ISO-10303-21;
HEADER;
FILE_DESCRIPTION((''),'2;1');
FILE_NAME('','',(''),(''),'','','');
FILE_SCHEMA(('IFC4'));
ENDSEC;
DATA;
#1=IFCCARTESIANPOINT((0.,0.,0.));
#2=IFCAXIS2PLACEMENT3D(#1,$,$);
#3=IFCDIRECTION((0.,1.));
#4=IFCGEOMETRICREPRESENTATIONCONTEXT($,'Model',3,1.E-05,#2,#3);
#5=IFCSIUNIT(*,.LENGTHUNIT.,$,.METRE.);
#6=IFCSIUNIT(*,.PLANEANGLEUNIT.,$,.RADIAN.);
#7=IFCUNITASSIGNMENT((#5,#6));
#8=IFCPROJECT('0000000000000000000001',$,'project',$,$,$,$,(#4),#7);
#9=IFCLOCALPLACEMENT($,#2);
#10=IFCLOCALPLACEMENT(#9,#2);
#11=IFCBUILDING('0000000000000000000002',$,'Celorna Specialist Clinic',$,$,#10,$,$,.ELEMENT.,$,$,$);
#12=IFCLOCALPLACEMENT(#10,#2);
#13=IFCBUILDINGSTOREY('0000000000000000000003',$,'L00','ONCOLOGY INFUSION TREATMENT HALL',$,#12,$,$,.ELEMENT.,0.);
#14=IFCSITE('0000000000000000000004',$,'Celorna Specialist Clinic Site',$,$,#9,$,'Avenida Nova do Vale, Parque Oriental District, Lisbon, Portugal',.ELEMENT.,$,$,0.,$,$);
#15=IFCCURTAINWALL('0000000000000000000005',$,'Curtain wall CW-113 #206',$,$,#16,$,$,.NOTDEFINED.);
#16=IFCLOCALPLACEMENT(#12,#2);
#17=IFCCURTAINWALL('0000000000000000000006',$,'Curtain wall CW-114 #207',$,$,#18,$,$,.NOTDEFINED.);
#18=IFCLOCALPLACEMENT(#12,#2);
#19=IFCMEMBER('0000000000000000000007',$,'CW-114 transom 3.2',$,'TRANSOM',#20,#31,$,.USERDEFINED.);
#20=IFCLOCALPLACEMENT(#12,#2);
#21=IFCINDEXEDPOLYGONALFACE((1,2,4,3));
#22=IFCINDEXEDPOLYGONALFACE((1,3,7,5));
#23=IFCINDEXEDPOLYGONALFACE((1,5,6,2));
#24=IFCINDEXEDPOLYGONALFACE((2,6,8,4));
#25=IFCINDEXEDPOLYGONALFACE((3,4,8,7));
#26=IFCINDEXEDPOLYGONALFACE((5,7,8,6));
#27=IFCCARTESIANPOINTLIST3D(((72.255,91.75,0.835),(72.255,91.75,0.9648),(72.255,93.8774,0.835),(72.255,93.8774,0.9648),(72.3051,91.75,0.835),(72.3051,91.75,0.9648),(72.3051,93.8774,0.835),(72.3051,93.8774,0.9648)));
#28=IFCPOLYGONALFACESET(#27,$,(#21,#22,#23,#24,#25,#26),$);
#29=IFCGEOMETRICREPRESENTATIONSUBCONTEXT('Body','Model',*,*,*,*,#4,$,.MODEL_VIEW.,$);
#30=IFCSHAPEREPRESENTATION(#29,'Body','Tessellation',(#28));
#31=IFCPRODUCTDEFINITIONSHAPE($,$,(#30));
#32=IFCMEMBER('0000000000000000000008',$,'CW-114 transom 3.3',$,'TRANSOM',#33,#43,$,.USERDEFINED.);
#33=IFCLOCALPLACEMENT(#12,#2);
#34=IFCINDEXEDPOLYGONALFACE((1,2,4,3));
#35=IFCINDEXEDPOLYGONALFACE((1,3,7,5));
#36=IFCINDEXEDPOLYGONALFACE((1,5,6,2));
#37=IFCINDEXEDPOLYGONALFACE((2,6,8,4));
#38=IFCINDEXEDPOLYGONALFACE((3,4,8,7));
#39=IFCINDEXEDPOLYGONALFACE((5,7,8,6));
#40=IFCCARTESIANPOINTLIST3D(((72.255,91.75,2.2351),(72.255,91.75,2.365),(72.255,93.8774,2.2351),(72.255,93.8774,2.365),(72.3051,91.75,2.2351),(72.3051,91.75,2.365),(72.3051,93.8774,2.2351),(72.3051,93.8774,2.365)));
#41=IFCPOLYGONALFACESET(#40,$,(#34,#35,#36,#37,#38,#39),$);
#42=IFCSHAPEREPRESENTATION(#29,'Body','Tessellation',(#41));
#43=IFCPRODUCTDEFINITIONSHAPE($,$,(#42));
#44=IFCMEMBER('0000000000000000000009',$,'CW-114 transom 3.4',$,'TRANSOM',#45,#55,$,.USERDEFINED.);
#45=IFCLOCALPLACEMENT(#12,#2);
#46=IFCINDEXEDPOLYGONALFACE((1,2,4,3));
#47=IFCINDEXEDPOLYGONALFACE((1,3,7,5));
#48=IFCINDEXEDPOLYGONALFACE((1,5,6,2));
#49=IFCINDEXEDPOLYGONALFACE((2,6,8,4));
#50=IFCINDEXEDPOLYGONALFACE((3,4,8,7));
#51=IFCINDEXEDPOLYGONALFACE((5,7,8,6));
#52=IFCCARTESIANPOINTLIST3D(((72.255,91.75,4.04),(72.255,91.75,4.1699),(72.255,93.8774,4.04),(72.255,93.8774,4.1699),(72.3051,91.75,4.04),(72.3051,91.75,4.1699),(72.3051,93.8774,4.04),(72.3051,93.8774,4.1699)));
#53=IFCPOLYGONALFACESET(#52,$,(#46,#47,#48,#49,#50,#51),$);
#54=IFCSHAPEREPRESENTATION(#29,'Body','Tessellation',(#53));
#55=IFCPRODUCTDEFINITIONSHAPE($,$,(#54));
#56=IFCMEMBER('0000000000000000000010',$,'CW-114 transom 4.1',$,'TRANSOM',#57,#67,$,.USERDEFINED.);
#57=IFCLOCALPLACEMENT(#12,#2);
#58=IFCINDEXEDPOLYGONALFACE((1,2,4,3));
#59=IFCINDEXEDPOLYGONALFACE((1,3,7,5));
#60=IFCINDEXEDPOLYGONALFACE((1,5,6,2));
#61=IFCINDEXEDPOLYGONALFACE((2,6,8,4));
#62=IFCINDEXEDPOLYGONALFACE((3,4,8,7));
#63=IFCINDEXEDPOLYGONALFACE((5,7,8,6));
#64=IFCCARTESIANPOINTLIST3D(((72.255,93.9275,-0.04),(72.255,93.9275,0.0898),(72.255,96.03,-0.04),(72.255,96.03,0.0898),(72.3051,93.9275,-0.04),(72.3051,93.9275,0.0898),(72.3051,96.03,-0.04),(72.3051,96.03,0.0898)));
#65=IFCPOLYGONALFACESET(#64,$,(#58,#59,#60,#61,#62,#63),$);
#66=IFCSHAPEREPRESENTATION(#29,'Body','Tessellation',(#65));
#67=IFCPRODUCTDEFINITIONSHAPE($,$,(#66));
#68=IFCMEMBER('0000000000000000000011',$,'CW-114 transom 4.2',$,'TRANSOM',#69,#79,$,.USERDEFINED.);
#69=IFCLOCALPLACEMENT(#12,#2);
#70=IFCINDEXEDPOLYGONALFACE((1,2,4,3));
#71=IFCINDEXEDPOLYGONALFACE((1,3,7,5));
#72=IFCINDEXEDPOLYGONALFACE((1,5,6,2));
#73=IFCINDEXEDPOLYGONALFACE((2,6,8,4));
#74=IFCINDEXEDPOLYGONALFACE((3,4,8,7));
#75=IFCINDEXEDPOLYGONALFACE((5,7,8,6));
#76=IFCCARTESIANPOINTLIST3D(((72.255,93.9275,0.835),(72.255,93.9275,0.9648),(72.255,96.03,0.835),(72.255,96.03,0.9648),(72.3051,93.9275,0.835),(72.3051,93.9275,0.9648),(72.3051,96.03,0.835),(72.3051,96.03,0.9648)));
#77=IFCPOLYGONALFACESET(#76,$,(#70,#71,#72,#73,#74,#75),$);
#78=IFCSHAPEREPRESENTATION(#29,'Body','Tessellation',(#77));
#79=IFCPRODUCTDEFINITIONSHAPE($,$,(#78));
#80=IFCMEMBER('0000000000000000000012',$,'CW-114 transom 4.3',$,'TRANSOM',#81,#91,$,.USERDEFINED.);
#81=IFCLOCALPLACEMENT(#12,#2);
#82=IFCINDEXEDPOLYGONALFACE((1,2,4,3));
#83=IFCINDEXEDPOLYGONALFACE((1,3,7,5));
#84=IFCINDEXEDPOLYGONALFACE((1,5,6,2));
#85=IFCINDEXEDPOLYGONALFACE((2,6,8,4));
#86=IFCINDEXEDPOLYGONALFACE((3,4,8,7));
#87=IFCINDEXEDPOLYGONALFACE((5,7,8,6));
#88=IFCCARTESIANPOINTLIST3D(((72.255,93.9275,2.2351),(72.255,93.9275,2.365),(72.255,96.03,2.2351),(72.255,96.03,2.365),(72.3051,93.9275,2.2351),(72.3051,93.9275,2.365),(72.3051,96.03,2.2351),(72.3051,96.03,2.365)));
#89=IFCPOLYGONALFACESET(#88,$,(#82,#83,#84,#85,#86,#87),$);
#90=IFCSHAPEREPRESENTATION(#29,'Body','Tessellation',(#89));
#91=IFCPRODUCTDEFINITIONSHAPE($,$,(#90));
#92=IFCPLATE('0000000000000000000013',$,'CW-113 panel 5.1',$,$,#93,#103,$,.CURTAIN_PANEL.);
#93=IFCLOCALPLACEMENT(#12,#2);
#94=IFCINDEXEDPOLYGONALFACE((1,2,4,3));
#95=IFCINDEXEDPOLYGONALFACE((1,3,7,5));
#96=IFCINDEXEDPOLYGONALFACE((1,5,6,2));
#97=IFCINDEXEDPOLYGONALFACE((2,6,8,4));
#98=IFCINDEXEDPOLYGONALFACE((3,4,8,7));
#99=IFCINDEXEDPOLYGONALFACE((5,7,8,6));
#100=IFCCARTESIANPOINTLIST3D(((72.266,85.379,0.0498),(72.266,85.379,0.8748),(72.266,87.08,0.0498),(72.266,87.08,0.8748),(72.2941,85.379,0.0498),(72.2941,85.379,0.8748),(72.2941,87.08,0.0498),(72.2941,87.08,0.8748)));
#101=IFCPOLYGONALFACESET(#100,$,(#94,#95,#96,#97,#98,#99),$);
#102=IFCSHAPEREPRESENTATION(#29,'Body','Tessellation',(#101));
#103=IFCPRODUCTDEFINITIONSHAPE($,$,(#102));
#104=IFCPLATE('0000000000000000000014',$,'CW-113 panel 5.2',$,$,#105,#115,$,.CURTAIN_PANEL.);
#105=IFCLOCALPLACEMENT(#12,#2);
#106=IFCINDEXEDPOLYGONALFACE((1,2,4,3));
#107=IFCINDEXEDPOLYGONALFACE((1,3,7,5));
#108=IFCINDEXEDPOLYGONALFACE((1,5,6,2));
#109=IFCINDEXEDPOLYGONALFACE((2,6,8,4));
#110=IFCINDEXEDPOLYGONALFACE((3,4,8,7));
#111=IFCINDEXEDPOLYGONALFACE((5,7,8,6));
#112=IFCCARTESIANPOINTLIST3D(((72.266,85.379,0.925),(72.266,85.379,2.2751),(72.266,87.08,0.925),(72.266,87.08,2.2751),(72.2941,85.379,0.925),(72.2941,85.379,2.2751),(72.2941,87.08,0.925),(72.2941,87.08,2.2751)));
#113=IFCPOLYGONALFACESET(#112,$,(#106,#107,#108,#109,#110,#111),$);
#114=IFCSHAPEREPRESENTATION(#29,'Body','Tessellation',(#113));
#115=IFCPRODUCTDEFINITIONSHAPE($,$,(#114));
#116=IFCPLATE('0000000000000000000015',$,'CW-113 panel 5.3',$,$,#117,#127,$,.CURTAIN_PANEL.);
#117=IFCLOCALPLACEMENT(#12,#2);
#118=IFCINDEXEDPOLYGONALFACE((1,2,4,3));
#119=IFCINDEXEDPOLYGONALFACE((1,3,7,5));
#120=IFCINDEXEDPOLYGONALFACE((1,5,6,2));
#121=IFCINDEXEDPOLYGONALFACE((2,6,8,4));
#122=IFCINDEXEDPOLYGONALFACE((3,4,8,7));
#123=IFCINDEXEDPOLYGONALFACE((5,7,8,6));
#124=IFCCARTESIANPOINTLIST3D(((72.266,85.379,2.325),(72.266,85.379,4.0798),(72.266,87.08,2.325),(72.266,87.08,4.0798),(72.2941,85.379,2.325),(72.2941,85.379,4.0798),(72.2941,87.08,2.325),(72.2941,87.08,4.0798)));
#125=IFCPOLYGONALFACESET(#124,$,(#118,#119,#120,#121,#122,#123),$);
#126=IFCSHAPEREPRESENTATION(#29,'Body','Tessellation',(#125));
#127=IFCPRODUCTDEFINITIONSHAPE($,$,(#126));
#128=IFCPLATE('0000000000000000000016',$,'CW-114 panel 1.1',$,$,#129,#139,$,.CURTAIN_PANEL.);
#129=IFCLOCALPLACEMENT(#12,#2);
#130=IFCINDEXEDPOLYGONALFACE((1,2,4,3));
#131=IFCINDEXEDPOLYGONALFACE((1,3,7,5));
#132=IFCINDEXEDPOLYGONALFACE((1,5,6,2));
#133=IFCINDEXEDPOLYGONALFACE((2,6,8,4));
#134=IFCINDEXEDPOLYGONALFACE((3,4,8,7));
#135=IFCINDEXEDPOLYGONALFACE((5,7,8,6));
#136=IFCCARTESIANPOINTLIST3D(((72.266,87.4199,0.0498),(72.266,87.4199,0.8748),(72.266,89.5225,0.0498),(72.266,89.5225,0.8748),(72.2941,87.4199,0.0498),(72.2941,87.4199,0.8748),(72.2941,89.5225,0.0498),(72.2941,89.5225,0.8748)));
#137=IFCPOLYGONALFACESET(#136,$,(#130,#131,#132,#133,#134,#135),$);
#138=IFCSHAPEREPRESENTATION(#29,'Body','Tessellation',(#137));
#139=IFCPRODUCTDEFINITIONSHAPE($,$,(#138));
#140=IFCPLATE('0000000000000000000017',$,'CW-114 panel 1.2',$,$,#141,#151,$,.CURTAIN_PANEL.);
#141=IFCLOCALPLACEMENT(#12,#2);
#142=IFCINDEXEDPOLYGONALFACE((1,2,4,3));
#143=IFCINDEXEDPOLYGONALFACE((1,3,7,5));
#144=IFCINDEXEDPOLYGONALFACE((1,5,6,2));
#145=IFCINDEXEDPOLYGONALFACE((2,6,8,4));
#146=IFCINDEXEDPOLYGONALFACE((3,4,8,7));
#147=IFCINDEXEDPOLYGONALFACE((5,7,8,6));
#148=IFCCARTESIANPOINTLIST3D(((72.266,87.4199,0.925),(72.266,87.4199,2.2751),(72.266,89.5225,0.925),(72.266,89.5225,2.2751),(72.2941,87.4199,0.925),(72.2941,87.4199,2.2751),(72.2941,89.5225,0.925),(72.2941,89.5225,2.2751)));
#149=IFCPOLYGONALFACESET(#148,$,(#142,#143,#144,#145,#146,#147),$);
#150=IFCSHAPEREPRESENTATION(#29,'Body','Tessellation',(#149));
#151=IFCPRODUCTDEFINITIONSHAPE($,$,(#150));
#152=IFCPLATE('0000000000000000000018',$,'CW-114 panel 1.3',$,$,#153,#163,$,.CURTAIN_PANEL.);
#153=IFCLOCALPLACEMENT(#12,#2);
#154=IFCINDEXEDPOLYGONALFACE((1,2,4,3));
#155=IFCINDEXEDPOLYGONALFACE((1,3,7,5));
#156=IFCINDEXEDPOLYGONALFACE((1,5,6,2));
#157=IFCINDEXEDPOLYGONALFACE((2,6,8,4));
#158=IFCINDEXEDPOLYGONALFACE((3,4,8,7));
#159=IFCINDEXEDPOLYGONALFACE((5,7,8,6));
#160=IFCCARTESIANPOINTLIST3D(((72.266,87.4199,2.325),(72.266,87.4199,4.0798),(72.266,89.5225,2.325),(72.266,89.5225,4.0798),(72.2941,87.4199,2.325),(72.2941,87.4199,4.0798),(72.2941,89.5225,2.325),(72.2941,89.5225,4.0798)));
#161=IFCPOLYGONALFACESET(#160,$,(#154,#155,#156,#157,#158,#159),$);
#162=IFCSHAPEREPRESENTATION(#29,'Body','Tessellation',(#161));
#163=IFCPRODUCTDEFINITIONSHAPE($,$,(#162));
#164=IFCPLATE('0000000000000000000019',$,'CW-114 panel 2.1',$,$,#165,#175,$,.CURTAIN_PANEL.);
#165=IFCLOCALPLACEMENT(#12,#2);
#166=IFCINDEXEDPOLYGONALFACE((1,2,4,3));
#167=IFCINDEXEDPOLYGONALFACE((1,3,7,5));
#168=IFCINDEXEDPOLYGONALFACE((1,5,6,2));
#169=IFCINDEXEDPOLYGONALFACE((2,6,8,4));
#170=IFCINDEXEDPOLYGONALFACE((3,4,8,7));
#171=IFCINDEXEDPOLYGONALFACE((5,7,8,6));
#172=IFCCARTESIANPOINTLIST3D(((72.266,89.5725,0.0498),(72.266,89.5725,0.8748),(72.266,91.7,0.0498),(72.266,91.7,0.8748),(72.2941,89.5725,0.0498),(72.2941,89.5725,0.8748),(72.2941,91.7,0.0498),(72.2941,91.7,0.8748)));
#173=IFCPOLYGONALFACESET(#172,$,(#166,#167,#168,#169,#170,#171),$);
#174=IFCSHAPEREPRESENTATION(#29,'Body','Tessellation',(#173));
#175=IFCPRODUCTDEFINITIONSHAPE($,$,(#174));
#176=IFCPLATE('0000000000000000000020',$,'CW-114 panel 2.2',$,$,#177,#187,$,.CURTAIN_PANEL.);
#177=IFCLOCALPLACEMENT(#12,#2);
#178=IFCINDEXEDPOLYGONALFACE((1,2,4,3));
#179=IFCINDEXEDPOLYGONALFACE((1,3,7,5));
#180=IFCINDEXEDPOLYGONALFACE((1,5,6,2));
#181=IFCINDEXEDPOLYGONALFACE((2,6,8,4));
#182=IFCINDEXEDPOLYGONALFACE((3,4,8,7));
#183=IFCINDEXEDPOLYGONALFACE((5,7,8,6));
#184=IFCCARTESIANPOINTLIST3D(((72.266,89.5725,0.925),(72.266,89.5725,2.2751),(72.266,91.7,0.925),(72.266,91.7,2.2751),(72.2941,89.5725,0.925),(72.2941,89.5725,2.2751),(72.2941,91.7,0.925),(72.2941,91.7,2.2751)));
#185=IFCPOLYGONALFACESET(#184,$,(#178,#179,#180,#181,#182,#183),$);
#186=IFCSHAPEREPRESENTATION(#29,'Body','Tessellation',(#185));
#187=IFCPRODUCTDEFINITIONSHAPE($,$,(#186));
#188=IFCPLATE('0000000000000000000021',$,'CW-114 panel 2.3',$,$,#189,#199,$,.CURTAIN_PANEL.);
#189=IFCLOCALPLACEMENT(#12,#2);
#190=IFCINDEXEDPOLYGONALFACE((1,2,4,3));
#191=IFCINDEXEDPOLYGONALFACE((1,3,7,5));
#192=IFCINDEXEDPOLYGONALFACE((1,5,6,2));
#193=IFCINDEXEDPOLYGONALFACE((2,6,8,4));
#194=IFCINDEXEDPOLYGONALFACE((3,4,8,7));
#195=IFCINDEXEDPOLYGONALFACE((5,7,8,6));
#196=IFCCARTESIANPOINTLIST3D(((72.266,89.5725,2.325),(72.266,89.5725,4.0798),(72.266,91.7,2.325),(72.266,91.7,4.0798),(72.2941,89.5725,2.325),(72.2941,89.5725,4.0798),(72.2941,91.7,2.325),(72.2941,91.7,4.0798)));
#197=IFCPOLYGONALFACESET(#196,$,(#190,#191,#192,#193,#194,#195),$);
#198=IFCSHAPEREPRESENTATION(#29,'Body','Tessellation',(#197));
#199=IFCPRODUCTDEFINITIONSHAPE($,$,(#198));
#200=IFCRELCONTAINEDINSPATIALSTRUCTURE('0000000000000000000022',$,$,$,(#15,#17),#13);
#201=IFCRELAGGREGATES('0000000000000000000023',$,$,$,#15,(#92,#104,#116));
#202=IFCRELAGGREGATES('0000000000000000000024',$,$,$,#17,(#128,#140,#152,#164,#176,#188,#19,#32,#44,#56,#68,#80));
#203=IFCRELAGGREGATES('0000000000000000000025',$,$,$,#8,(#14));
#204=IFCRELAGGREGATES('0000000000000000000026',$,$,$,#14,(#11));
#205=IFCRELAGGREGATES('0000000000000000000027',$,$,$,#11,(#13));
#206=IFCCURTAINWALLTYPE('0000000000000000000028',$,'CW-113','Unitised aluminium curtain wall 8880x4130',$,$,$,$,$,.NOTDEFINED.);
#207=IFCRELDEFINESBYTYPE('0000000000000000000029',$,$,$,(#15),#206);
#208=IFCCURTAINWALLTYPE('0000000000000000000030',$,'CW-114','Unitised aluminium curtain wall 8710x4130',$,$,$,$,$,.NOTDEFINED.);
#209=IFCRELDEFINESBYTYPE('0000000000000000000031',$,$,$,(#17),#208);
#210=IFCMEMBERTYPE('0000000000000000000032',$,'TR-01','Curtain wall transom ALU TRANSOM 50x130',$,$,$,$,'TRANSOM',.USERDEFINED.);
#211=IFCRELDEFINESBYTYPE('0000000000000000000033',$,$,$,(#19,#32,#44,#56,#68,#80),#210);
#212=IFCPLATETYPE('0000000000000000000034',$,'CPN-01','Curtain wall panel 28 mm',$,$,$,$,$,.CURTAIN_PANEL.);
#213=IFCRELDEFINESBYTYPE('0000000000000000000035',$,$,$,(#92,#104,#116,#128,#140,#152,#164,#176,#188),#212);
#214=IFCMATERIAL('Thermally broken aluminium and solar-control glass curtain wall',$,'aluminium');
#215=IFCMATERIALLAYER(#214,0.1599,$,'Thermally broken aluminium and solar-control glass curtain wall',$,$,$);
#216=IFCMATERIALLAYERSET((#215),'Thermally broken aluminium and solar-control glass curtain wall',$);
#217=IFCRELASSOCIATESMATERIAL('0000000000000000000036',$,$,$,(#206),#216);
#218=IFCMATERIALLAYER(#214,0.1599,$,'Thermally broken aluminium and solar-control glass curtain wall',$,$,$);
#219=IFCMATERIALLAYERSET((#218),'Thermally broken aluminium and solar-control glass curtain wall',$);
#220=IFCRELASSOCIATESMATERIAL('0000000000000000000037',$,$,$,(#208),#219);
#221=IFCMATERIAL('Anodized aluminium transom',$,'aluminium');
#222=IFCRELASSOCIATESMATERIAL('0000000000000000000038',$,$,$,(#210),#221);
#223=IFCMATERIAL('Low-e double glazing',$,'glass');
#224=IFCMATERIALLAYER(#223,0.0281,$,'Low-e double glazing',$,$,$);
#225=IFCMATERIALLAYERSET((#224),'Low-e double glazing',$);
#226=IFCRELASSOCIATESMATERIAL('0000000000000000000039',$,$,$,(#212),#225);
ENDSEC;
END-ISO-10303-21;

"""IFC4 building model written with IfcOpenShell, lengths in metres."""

from ifc_helpers import new_model, si_unit, direction, frame, origin, origin_2d, place, context, subcontext, project, spatial, rectangle, extrude, material, layer, layer_set, material_profile, profile_set, type_object, element, aggregate, save


model = new_model("IFC4")

# Units and contexts
model_context = context("Model", 3, precision=1e-05, world=origin(), true_north=direction((0.0, 1.0)))
body_context = subcontext(model_context, "Body", "Model", "MODEL_VIEW")
ifc_project = project(units=[si_unit("LENGTHUNIT", "METRE"), si_unit("PLANEANGLEUNIT", "RADIAN")], contexts=[model_context])

# Site, building, storey
site_placement = place(None, origin())
site = spatial("IfcSite", under=ifc_project, at=site_placement, Name="Celorna Specialist Clinic Site", LongName="Avenida Nova do Vale, Parque Oriental District, Lisbon, Portugal", CompositionType="ELEMENT", RefElevation=0.0)
building_placement = place(site_placement, origin())
building = spatial("IfcBuilding", under=site, at=building_placement, Name="Celorna Specialist Clinic", CompositionType="ELEMENT")
storey_placement = place(building_placement, origin())
storey = spatial("IfcBuildingStorey", under=building, at=storey_placement, Name="L00", Description="ONCOLOGY INFUSION TREATMENT HALL", CompositionType="ELEMENT", Elevation=0.0)

# Curtain wall
ifc_material_1 = material(Name="Thermally broken aluminium and solar-control glass curtain wall", Category="aluminium")
ifc_layer_1 = layer(ifc_material_1, 0.1599, Name="Thermally broken aluminium and solar-control glass curtain wall")
ifc_layer_set_1 = layer_set([ifc_layer_1], Name="Thermally broken aluminium and solar-control glass curtain wall")
curtain_wall_type_1 = type_object("IfcCurtainWallType", Name="CW-113", Description="Unitised aluminium curtain wall 8880x4130", PredefinedType="NOTDEFINED", material=ifc_layer_set_1)
curtain_wall_1_placement = place(storey_placement, origin())
curtain_wall_1 = element("IfcCurtainWall", 1, at=curtain_wall_1_placement, inside=storey, type_object=curtain_wall_type_1, Name="Curtain wall CW-113 #206", PredefinedType="NOTDEFINED")

# Curtain wall
ifc_layer_2 = layer(ifc_material_1, 0.1599, Name="Thermally broken aluminium and solar-control glass curtain wall")
ifc_layer_set_2 = layer_set([ifc_layer_2], Name="Thermally broken aluminium and solar-control glass curtain wall")
curtain_wall_type_2 = type_object("IfcCurtainWallType", Name="CW-114", Description="Unitised aluminium curtain wall 8710x4130", PredefinedType="NOTDEFINED", material=ifc_layer_set_2)
curtain_wall_2_placement = place(storey_placement, origin())
curtain_wall_2 = element("IfcCurtainWall", 2, at=curtain_wall_2_placement, inside=storey, type_object=curtain_wall_type_2, Name="Curtain wall CW-114 #207", PredefinedType="NOTDEFINED")

# Members
ifc_material_2 = material(Name="Anodized aluminium transom", Category="aluminium")
ifc_material_profile_1 = material_profile(ifc_material_2, rectangle(XDim=0.05, YDim=0.1299, at=origin_2d()), Name="ALU TRANSOM 50x130")
ifc_profile_set_1 = profile_set([ifc_material_profile_1], Name="Anodized aluminium transom")
member_type_1 = type_object("IfcMemberType", Name="TR-01", Description="Curtain wall transom ALU TRANSOM 50x130", ElementType="TRANSOM", PredefinedType="USERDEFINED", material=ifc_profile_set_1)
member_1_placement = place(storey_placement, frame((72.28, 91.75, 0.8999), z_axis=(0.0, 1.0, 0.0), x_axis=(-1.0, 0.0, 0.0)))
member_1 = element("IfcMember", 3, at=member_1_placement, type_object=member_type_1, Name="CW-114 transom 3.2", ObjectType="TRANSOM", PredefinedType="USERDEFINED", context=body_context, shape_type="SweptSolid", body=[
    extrude(rectangle(XDim=0.05, YDim=0.1299, at=origin_2d()), origin(), (0.0, 0.0, 1.0), 2.1274),
])
member_2_placement = place(storey_placement, frame((72.28, 91.75, 2.3), z_axis=(0.0, 1.0, 0.0), x_axis=(-1.0, 0.0, 0.0)))
member_2 = element("IfcMember", 4, at=member_2_placement, type_object=member_type_1, Name="CW-114 transom 3.3", ObjectType="TRANSOM", PredefinedType="USERDEFINED", context=body_context, shape_type="SweptSolid", body=[
    extrude(rectangle(XDim=0.05, YDim=0.1299, at=origin_2d()), origin(), (0.0, 0.0, 1.0), 2.1274),
])
member_3_placement = place(storey_placement, frame((72.28, 91.75, 4.105), z_axis=(0.0, 1.0, 0.0), x_axis=(-1.0, 0.0, 0.0)))
member_3 = element("IfcMember", 5, at=member_3_placement, type_object=member_type_1, Name="CW-114 transom 3.4", ObjectType="TRANSOM", PredefinedType="USERDEFINED", context=body_context, shape_type="SweptSolid", body=[
    extrude(rectangle(XDim=0.05, YDim=0.1299, at=origin_2d()), origin(), (0.0, 0.0, 1.0), 2.1274),
])
member_4_placement = place(storey_placement, frame((72.28, 93.9275, 0.0249), z_axis=(0.0, 1.0, 0.0), x_axis=(-1.0, 0.0, 0.0)))
member_4 = element("IfcMember", 6, at=member_4_placement, type_object=member_type_1, Name="CW-114 transom 4.1", ObjectType="TRANSOM", PredefinedType="USERDEFINED", context=body_context, shape_type="SweptSolid", body=[
    extrude(rectangle(XDim=0.05, YDim=0.1299, at=origin_2d()), origin(), (0.0, 0.0, 1.0), 2.1025),
])
member_5_placement = place(storey_placement, frame((72.28, 93.9275, 0.8999), z_axis=(0.0, 1.0, 0.0), x_axis=(-1.0, 0.0, 0.0)))
member_5 = element("IfcMember", 7, at=member_5_placement, type_object=member_type_1, Name="CW-114 transom 4.2", ObjectType="TRANSOM", PredefinedType="USERDEFINED", context=body_context, shape_type="SweptSolid", body=[
    extrude(rectangle(XDim=0.05, YDim=0.1299, at=origin_2d()), origin(), (0.0, 0.0, 1.0), 2.1025),
])
member_6_placement = place(storey_placement, frame((72.28, 93.9275, 2.3), z_axis=(0.0, 1.0, 0.0), x_axis=(-1.0, 0.0, 0.0)))
member_6 = element("IfcMember", 8, at=member_6_placement, type_object=member_type_1, Name="CW-114 transom 4.3", ObjectType="TRANSOM", PredefinedType="USERDEFINED", context=body_context, shape_type="SweptSolid", body=[
    extrude(rectangle(XDim=0.05, YDim=0.1299, at=origin_2d()), origin(), (0.0, 0.0, 1.0), 2.1025),
])

# Plates
ifc_material_3 = material(Name="Low-e double glazing", Category="glass")
ifc_layer_3 = layer(ifc_material_3, 0.0281, Name="Low-e double glazing")
ifc_layer_set_3 = layer_set([ifc_layer_3], Name="Low-e double glazing")
plate_type = type_object("IfcPlateType", Name="CPN-01", Description="Curtain wall panel 28 mm", PredefinedType="CURTAIN_PANEL", material=ifc_layer_set_3)
plate_1_placement = place(storey_placement, frame((72.28, 86.2295, 0.0498), z_axis=(0.0, 0.0, 1.0), x_axis=(0.0, 1.0, 0.0)))
plate_1 = element("IfcPlate", 9, at=plate_1_placement, type_object=plate_type, Name="CW-113 panel 5.1", PredefinedType="CURTAIN_PANEL", context=body_context, shape_type="SweptSolid", body=[
    extrude(rectangle(XDim=1.7009, YDim=0.0281, at=origin_2d()), origin(), (0.0, 0.0, 1.0), 0.825),
])
plate_2_placement = place(storey_placement, frame((72.28, 86.2295, 0.925), z_axis=(0.0, 0.0, 1.0), x_axis=(0.0, 1.0, 0.0)))
plate_2 = element("IfcPlate", 10, at=plate_2_placement, type_object=plate_type, Name="CW-113 panel 5.2", PredefinedType="CURTAIN_PANEL", context=body_context, shape_type="SweptSolid", body=[
    extrude(rectangle(XDim=1.7009, YDim=0.0281, at=origin_2d()), origin(), (0.0, 0.0, 1.0), 1.3501),
])
plate_3_placement = place(storey_placement, frame((72.28, 86.2295, 2.325), z_axis=(0.0, 0.0, 1.0), x_axis=(0.0, 1.0, 0.0)))
plate_3 = element("IfcPlate", 11, at=plate_3_placement, type_object=plate_type, Name="CW-113 panel 5.3", PredefinedType="CURTAIN_PANEL", context=body_context, shape_type="SweptSolid", body=[
    extrude(rectangle(XDim=1.7009, YDim=0.0281, at=origin_2d()), origin(), (0.0, 0.0, 1.0), 1.7549),
])
aggregate(curtain_wall_1, [plate_1, plate_2, plate_3])
plate_4_placement = place(storey_placement, frame((72.28, 88.4712, 0.0498), z_axis=(0.0, 0.0, 1.0), x_axis=(0.0, 1.0, 0.0)))
plate_4 = element("IfcPlate", 12, at=plate_4_placement, type_object=plate_type, Name="CW-114 panel 1.1", PredefinedType="CURTAIN_PANEL", context=body_context, shape_type="SweptSolid", body=[
    extrude(rectangle(XDim=2.1025, YDim=0.0281, at=origin_2d()), origin(), (0.0, 0.0, 1.0), 0.825),
])
plate_5_placement = place(storey_placement, frame((72.28, 88.4712, 0.925), z_axis=(0.0, 0.0, 1.0), x_axis=(0.0, 1.0, 0.0)))
plate_5 = element("IfcPlate", 13, at=plate_5_placement, type_object=plate_type, Name="CW-114 panel 1.2", PredefinedType="CURTAIN_PANEL", context=body_context, shape_type="SweptSolid", body=[
    extrude(rectangle(XDim=2.1025, YDim=0.0281, at=origin_2d()), origin(), (0.0, 0.0, 1.0), 1.3501),
])
plate_6_placement = place(storey_placement, frame((72.28, 88.4712, 2.325), z_axis=(0.0, 0.0, 1.0), x_axis=(0.0, 1.0, 0.0)))
plate_6 = element("IfcPlate", 14, at=plate_6_placement, type_object=plate_type, Name="CW-114 panel 1.3", PredefinedType="CURTAIN_PANEL", context=body_context, shape_type="SweptSolid", body=[
    extrude(rectangle(XDim=2.1025, YDim=0.0281, at=origin_2d()), origin(), (0.0, 0.0, 1.0), 1.7549),
])
plate_7_placement = place(storey_placement, frame((72.28, 90.6362, 0.0498), z_axis=(0.0, 0.0, 1.0), x_axis=(0.0, 1.0, 0.0)))
plate_7 = element("IfcPlate", 15, at=plate_7_placement, type_object=plate_type, Name="CW-114 panel 2.1", PredefinedType="CURTAIN_PANEL", context=body_context, shape_type="SweptSolid", body=[
    extrude(rectangle(XDim=2.1274, YDim=0.0281, at=origin_2d()), origin(), (0.0, 0.0, 1.0), 0.825),
])
plate_8_placement = place(storey_placement, frame((72.28, 90.6362, 0.925), z_axis=(0.0, 0.0, 1.0), x_axis=(0.0, 1.0, 0.0)))
plate_8 = element("IfcPlate", 16, at=plate_8_placement, type_object=plate_type, Name="CW-114 panel 2.2", PredefinedType="CURTAIN_PANEL", context=body_context, shape_type="SweptSolid", body=[
    extrude(rectangle(XDim=2.1274, YDim=0.0281, at=origin_2d()), origin(), (0.0, 0.0, 1.0), 1.3501),
])
plate_9_placement = place(storey_placement, frame((72.28, 90.6362, 2.325), z_axis=(0.0, 0.0, 1.0), x_axis=(0.0, 1.0, 0.0)))
plate_9 = element("IfcPlate", 17, at=plate_9_placement, type_object=plate_type, Name="CW-114 panel 2.3", PredefinedType="CURTAIN_PANEL", context=body_context, shape_type="SweptSolid", body=[
    extrude(rectangle(XDim=2.1274, YDim=0.0281, at=origin_2d()), origin(), (0.0, 0.0, 1.0), 1.7549),
])
aggregate(curtain_wall_2, [plate_4, plate_5, plate_6, plate_7, plate_8, plate_9, member_1, member_2, member_3, member_4, member_5, member_6])

save(model, "model.ifc")
